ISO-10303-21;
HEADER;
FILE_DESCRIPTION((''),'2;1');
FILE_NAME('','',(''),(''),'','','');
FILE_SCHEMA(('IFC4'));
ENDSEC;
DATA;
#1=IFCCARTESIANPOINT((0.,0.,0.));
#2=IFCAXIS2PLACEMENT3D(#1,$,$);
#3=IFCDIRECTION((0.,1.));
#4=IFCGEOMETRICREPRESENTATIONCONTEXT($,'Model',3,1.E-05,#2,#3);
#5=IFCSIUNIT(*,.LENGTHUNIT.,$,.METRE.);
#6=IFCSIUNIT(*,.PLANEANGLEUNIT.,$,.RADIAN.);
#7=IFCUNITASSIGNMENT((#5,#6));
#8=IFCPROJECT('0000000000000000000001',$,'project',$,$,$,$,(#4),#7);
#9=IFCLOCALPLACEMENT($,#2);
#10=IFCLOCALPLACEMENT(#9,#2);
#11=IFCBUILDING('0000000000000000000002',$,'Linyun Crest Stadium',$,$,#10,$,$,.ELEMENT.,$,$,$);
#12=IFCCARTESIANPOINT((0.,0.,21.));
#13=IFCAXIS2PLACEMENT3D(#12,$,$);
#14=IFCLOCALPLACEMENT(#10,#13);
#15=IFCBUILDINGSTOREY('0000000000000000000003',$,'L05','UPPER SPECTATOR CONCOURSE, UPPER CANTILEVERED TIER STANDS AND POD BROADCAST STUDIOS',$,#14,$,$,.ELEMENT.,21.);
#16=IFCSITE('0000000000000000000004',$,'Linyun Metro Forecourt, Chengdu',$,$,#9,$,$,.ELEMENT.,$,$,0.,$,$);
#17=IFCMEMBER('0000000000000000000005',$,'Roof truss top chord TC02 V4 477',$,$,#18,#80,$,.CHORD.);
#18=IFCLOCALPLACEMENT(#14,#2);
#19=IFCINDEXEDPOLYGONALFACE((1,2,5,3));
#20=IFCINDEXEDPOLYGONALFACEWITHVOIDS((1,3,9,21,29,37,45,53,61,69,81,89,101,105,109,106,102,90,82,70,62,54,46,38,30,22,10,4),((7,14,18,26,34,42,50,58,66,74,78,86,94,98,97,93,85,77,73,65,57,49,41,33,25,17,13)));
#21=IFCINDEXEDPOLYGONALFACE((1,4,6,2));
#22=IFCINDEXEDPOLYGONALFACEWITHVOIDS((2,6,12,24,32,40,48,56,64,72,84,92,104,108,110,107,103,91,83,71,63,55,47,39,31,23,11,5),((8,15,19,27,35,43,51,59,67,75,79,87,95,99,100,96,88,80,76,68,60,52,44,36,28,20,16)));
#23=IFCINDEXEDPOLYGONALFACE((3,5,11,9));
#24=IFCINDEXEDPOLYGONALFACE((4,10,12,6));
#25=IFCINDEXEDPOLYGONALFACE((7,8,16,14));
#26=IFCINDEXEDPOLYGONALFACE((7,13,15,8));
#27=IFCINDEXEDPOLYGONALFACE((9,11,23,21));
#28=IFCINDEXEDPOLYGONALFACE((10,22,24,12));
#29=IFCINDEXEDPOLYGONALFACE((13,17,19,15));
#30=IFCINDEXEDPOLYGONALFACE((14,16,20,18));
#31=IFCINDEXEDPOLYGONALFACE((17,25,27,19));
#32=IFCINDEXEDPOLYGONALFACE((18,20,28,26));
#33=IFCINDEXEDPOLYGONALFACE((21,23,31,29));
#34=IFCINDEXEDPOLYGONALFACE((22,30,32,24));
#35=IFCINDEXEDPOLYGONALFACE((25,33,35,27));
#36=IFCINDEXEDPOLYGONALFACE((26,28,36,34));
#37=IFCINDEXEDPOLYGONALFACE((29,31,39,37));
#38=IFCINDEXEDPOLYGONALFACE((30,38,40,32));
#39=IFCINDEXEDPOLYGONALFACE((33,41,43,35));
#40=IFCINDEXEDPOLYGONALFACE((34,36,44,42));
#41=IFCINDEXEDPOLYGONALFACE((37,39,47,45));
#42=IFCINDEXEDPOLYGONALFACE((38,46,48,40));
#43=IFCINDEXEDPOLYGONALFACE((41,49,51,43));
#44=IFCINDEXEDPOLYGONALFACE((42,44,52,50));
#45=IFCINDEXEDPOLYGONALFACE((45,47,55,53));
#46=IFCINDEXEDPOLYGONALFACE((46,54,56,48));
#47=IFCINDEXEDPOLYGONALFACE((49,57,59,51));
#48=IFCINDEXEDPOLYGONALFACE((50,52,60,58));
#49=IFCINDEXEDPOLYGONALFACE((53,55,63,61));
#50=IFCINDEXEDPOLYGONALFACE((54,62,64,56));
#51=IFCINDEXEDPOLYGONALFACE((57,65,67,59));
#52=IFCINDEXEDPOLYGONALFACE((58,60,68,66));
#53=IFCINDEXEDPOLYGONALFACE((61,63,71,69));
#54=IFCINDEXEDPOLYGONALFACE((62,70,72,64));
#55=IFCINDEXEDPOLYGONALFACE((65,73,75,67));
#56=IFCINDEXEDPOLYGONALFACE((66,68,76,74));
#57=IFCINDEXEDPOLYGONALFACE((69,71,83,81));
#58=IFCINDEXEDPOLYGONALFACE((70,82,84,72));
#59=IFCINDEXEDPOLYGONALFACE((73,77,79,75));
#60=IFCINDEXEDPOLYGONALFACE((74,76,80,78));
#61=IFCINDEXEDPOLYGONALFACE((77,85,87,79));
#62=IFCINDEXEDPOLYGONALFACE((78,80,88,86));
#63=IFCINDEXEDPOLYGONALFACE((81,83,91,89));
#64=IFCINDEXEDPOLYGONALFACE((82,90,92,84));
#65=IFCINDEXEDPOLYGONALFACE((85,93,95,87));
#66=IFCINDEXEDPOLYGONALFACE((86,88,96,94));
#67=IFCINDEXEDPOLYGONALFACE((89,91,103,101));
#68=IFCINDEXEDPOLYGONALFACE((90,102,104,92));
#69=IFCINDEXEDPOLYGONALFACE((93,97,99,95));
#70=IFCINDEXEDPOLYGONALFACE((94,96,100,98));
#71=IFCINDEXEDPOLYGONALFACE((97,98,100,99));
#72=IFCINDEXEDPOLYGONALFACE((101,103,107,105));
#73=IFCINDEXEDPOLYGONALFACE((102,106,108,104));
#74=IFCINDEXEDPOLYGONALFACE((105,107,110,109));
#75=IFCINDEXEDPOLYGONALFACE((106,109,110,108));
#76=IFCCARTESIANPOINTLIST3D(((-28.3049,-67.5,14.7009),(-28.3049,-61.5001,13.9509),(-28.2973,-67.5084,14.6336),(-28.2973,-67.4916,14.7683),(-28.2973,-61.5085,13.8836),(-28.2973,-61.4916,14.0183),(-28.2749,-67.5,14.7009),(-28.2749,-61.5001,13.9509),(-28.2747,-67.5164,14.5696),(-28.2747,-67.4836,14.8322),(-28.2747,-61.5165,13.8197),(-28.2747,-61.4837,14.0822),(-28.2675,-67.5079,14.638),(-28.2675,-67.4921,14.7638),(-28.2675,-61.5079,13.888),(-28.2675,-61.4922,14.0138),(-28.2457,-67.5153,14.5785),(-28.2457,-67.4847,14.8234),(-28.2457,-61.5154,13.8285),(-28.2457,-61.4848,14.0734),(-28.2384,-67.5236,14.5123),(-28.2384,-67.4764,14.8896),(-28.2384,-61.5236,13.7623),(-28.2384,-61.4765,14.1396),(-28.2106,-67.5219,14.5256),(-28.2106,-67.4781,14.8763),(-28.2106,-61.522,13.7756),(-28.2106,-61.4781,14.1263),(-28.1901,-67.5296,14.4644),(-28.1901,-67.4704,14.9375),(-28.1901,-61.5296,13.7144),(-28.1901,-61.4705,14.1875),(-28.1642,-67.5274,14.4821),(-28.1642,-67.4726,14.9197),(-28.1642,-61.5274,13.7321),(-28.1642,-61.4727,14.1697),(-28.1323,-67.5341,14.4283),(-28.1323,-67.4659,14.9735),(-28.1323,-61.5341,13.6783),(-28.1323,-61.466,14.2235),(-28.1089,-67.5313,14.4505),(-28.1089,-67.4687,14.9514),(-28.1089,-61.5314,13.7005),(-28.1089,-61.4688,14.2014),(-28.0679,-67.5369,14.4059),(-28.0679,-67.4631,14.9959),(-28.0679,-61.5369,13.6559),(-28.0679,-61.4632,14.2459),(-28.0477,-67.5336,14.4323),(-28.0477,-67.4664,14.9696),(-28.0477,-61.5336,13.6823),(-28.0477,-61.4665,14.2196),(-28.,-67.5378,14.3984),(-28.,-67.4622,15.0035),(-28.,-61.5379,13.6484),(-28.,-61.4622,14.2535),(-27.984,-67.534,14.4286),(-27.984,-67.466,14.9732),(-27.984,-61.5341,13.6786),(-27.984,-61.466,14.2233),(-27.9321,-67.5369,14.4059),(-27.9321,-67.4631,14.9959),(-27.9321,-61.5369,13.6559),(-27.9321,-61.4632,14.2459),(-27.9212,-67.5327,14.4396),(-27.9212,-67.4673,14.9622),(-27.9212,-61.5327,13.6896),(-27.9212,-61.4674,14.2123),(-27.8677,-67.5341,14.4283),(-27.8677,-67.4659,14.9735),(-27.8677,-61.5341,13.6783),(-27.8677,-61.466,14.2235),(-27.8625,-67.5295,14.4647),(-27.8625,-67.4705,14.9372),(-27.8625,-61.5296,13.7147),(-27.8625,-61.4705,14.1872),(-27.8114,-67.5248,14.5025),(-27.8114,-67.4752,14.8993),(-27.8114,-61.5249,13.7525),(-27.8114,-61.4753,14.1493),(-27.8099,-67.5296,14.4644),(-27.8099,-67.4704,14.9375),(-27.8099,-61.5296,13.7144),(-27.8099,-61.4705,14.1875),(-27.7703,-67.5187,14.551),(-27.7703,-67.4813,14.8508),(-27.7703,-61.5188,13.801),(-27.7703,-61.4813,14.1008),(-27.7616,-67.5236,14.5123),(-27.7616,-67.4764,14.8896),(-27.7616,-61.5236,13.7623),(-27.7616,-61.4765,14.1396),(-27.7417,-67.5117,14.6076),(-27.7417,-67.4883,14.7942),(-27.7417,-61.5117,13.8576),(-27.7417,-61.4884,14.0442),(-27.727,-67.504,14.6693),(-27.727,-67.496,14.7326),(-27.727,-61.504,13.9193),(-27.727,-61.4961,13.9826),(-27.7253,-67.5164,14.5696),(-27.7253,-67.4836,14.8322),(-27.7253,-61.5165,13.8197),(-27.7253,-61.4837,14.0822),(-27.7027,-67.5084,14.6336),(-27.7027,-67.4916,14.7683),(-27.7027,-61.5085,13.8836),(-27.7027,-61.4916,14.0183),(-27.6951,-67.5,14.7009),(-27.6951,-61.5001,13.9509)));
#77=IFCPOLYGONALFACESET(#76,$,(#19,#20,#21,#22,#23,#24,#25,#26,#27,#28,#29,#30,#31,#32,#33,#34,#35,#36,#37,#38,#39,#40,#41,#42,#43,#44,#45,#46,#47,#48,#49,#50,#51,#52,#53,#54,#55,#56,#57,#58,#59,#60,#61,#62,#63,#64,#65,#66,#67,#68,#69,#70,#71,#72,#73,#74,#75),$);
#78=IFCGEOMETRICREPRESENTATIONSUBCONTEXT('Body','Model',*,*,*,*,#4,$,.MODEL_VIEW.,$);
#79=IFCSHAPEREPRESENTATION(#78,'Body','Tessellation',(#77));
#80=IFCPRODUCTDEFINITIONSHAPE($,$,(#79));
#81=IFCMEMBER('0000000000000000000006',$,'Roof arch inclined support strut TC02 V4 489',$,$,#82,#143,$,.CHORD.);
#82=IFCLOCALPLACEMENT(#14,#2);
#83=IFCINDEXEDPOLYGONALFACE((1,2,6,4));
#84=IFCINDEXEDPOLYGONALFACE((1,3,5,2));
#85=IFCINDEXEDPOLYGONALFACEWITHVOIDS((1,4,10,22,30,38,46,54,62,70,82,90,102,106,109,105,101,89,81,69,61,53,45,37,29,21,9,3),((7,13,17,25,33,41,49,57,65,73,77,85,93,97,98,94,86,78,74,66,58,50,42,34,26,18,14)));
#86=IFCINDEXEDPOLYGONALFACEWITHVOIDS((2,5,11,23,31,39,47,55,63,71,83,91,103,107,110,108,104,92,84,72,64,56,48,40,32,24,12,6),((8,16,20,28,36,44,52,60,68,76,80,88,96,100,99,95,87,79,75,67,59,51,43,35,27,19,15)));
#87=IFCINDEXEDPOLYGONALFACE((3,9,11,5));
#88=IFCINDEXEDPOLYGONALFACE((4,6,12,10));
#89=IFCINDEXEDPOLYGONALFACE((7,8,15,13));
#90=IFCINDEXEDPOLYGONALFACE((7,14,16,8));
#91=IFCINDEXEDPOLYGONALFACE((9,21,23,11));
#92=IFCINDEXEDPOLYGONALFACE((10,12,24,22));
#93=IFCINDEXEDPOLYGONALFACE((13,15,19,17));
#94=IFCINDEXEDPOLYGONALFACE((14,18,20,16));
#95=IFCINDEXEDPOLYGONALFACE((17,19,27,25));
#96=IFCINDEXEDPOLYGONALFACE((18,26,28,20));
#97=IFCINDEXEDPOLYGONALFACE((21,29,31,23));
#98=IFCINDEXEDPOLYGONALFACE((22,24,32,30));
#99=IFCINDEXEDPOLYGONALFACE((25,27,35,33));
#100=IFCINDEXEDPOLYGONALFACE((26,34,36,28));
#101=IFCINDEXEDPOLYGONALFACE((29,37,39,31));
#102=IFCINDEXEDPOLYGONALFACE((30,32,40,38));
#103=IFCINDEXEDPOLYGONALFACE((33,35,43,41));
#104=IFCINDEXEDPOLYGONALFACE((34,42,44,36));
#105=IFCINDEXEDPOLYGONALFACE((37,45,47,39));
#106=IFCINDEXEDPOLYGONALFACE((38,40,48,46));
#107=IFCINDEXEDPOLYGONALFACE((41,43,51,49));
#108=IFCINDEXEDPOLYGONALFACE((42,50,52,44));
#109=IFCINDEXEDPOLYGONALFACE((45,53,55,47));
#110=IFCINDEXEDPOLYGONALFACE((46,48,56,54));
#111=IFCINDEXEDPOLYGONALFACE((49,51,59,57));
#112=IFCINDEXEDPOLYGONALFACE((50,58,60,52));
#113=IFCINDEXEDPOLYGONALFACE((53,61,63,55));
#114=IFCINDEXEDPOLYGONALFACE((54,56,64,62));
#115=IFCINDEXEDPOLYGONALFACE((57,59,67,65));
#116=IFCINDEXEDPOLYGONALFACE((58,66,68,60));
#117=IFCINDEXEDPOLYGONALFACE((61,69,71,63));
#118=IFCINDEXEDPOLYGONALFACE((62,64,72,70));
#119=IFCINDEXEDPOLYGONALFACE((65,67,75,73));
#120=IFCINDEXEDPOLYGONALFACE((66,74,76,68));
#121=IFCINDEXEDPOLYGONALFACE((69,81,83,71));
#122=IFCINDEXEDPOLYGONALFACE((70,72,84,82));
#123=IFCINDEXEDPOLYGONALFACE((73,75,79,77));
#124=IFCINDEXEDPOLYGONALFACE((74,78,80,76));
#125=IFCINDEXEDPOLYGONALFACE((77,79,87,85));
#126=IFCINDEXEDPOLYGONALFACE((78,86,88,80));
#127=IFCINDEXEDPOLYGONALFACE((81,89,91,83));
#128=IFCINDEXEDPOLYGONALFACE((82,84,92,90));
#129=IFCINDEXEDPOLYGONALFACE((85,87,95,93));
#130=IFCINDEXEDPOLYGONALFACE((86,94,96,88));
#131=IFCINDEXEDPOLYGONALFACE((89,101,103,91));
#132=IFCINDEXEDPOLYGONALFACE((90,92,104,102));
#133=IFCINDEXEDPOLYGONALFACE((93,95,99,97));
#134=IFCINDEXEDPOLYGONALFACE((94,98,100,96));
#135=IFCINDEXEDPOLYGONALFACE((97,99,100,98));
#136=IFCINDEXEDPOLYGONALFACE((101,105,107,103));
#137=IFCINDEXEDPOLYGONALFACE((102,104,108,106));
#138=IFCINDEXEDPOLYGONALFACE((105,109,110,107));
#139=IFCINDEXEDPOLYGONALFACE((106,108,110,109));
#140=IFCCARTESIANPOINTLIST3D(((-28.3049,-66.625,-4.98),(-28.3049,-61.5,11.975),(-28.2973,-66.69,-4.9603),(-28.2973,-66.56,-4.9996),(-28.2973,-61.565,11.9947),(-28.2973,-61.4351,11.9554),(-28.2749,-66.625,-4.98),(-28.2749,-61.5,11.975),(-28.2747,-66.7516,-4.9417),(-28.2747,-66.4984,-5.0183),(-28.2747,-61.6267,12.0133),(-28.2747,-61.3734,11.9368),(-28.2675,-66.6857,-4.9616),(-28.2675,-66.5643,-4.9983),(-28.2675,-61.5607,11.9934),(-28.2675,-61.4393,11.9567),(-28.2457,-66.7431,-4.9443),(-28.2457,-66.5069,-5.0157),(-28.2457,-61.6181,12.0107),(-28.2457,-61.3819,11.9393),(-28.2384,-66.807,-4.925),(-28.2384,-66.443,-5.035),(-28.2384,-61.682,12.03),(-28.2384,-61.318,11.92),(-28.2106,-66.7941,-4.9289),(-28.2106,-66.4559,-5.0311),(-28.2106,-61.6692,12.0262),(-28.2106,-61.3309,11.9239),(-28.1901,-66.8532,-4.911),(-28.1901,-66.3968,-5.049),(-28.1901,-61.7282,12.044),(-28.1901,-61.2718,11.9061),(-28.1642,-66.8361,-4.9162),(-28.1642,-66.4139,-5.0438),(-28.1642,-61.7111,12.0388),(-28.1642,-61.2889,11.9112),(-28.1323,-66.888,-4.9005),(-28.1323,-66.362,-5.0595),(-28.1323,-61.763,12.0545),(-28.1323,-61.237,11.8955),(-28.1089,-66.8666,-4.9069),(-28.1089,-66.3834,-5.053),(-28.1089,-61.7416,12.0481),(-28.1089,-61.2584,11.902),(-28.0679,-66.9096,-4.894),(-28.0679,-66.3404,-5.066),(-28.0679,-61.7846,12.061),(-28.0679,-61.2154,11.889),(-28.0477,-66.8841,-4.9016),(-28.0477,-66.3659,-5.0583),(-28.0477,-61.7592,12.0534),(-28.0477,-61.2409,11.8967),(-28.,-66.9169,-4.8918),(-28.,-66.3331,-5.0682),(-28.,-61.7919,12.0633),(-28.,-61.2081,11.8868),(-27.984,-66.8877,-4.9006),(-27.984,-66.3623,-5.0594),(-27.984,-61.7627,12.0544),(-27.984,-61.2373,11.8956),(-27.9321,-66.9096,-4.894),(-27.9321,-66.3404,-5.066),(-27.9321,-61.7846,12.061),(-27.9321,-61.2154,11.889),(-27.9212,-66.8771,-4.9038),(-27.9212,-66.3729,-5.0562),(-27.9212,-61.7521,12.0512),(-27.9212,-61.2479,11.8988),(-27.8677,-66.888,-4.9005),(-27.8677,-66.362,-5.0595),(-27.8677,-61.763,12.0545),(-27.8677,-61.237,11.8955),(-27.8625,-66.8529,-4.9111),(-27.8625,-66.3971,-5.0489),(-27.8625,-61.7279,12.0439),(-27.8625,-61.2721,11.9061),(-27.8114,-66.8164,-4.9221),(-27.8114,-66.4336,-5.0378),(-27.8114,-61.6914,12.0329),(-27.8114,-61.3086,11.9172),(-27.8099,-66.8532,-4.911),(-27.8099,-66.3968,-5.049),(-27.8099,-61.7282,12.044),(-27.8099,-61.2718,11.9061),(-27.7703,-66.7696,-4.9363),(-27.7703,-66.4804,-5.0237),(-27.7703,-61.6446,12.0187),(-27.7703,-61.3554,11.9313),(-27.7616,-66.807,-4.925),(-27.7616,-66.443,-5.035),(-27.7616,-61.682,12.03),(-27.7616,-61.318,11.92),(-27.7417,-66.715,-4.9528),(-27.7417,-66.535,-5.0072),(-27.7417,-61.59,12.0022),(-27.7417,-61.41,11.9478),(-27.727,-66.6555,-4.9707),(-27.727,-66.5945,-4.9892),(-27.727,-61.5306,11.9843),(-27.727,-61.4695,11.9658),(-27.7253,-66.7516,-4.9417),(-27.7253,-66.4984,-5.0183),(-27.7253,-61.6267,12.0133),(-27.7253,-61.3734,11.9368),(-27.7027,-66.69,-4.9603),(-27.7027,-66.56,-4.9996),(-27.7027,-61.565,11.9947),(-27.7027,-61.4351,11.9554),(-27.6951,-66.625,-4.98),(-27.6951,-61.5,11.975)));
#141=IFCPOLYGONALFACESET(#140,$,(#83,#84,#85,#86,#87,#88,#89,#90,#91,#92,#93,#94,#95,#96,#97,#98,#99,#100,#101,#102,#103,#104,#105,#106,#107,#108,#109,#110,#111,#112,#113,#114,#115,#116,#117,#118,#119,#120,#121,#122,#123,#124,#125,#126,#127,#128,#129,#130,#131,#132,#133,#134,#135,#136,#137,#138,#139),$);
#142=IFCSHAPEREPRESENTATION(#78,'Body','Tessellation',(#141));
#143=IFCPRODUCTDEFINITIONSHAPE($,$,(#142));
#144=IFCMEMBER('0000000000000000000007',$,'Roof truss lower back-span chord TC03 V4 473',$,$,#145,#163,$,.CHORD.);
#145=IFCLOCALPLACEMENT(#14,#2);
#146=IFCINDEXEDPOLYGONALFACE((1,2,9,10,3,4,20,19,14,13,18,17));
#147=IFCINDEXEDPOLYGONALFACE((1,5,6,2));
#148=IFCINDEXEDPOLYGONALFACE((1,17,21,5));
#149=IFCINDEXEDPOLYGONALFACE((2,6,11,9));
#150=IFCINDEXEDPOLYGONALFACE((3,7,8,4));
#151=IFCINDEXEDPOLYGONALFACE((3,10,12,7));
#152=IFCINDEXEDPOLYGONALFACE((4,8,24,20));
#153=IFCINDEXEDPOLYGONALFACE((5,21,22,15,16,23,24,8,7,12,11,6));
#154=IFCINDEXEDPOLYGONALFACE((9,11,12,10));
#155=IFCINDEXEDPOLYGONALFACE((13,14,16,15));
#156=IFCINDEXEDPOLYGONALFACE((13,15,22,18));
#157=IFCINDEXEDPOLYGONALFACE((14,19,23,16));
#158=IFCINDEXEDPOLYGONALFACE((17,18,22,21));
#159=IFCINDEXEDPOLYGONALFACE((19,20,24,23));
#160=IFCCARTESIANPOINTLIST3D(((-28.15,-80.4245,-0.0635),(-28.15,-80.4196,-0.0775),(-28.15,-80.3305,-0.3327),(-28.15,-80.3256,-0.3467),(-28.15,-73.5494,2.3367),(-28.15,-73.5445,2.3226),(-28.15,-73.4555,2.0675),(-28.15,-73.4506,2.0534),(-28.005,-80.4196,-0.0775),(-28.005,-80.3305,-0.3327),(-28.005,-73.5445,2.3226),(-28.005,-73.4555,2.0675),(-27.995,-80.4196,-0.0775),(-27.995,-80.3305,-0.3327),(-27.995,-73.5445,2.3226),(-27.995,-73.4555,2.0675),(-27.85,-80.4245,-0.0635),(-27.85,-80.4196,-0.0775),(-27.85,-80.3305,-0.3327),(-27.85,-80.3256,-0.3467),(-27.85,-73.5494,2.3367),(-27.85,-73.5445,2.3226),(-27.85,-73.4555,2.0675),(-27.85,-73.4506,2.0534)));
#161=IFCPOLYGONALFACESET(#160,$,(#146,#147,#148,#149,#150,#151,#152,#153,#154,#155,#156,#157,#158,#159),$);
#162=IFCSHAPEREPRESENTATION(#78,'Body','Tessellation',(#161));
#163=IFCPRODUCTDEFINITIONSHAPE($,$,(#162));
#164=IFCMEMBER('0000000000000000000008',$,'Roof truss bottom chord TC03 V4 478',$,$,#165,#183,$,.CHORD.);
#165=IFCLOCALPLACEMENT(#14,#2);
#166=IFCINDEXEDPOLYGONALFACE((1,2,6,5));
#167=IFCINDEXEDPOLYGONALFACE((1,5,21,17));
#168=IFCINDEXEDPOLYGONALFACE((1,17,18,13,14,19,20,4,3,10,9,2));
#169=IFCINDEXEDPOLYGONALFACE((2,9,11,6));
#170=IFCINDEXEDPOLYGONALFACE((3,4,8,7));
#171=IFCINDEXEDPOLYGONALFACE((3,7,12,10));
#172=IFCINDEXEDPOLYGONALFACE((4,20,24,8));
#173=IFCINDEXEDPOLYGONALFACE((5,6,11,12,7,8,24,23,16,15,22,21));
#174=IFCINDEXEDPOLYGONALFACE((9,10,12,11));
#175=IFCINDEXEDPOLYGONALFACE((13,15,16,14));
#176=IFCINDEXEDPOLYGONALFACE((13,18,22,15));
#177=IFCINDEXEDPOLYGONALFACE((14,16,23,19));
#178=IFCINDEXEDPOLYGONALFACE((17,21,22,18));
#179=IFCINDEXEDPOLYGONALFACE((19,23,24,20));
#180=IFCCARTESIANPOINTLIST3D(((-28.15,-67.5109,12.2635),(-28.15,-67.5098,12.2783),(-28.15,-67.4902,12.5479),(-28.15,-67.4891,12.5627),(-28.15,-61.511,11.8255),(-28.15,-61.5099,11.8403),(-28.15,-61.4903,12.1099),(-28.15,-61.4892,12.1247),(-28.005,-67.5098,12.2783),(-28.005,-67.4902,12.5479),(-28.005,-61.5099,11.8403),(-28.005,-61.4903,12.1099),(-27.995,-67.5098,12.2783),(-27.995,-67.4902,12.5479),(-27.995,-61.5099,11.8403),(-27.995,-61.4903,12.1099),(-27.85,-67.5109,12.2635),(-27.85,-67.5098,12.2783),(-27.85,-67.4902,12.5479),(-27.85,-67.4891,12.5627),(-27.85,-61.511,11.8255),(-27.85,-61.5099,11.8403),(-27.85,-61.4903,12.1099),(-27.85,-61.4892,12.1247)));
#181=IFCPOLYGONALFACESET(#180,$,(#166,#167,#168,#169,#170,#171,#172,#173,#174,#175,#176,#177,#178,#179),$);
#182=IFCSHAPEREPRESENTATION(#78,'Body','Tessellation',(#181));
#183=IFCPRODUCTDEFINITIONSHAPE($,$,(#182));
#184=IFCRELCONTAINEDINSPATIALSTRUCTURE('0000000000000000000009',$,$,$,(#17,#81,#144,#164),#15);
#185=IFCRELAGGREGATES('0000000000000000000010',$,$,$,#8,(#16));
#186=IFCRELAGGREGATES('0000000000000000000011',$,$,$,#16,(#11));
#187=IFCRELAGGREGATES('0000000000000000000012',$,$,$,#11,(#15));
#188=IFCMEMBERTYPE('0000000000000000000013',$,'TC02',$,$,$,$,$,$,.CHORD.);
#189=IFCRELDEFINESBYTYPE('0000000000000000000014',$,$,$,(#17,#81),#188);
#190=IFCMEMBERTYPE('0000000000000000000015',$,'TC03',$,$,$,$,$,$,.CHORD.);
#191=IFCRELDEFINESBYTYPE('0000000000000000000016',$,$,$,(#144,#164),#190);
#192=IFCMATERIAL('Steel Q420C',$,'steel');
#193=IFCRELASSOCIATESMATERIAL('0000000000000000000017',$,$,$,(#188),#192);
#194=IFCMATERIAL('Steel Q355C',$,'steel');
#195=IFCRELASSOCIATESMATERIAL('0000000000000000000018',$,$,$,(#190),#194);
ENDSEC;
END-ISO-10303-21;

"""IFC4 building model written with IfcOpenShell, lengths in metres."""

from ifc_helpers import new_model, si_unit, direction, frame, origin, origin_2d, place, context, subcontext, project, spatial, hollow_circle, i_section, extrude, material, material_profile, profile_set, type_object, element, save


model = new_model("IFC4")

# Units and contexts
model_context = context("Model", 3, precision=1e-05, world=origin(), true_north=direction((0.0, 1.0)))
body_context = subcontext(model_context, "Body", "Model", "MODEL_VIEW")
ifc_project = project(units=[si_unit("LENGTHUNIT", "METRE"), si_unit("PLANEANGLEUNIT", "RADIAN")], contexts=[model_context])

# Site, building, storey
site_placement = place(None, origin())
site = spatial("IfcSite", under=ifc_project, at=site_placement, Name="Linyun Metro Forecourt, Chengdu", CompositionType="ELEMENT", RefElevation=0.0)
building_placement = place(site_placement, origin())
building = spatial("IfcBuilding", under=site, at=building_placement, Name="Linyun Crest Stadium", CompositionType="ELEMENT")
storey_placement = place(building_placement, frame((0.0, 0.0, 21.0)))
storey = spatial("IfcBuildingStorey", under=building, at=storey_placement, Name="L05", Description="UPPER SPECTATOR CONCOURSE, UPPER CANTILEVERED TIER STANDS AND POD BROADCAST STUDIOS", CompositionType="ELEMENT", Elevation=21.0)

# Members
ifc_material_1 = material(Name="Steel Q420C", Category="steel")
ifc_material_profile_1 = material_profile(ifc_material_1, hollow_circle(Radius=0.3049, WallThickness=0.03, at=origin_2d()), Name="CHS 610x30")
ifc_profile_set_1 = profile_set([ifc_material_profile_1], Name="Steel Q420C")
member_type_1 = type_object("IfcMemberType", Name="TC02", PredefinedType="CHORD", material=ifc_profile_set_1)
member_1_placement = place(storey_placement, frame((-28.0, -67.5, 14.7009), z_axis=(0.0, 0.992278, -0.124035), x_axis=(-1.0, 0.0, 0.0)))
element("IfcMember", 1, at=member_1_placement, inside=storey, type_object=member_type_1, Name="Roof truss top chord TC02 V4 477", PredefinedType="CHORD", context=body_context, shape_type="SweptSolid", body=[
    extrude(hollow_circle(Radius=0.3049, WallThickness=0.03, at=origin_2d()), origin(), (0.0, 0.0, 1.0), 6.0466),
])
member_2_placement = place(storey_placement, frame((-28.0, -66.625, -4.98), z_axis=(0.0, 0.28934, 0.957226), x_axis=(-1.0, 0.0, 0.0)))
element("IfcMember", 2, at=member_2_placement, inside=storey, type_object=member_type_1, Name="Roof arch inclined support strut TC02 V4 489", PredefinedType="CHORD", context=body_context, shape_type="SweptSolid", body=[
    extrude(hollow_circle(Radius=0.3049, WallThickness=0.03, at=origin_2d()), origin(), (0.0, 0.0, 1.0), 17.7126),
])
ifc_material_2 = material(Name="Steel Q355C", Category="steel")
ifc_material_profile_2 = material_profile(ifc_material_2, i_section(OverallWidth=0.3, OverallDepth=0.3, WebThickness=0.01, FlangeThickness=0.0149, at=origin_2d()), Name="HW 300x300")
ifc_profile_set_2 = profile_set([ifc_material_profile_2], Name="Steel Q355C")
member_type_2 = type_object("IfcMemberType", Name="TC03", PredefinedType="CHORD", material=ifc_profile_set_2)
member_3_placement = place(storey_placement, frame((-28.0, -73.5, 2.1951), z_axis=(0.0, -0.944119, -0.329604), x_axis=(1.0, 0.0, 0.0)))
element("IfcMember", 3, at=member_3_placement, inside=storey, type_object=member_type_2, Name="Roof truss lower back-span chord TC03 V4 473", PredefinedType="CHORD", context=body_context, shape_type="SweptSolid", body=[
    extrude(i_section(OverallWidth=0.3, OverallDepth=0.3, WebThickness=0.01, FlangeThickness=0.0149, at=origin_2d()), origin(), (0.0, 0.0, 1.0), 7.282),
])
member_4_placement = place(storey_placement, frame((-28.0, -67.5, 12.4131), z_axis=(0.0, 0.997346, -0.072804), x_axis=(-1.0, 0.0, 0.0)))
element("IfcMember", 4, at=member_4_placement, inside=storey, type_object=member_type_2, Name="Roof truss bottom chord TC03 V4 478", PredefinedType="CHORD", context=body_context, shape_type="SweptSolid", body=[
    extrude(i_section(OverallWidth=0.3, OverallDepth=0.3, WebThickness=0.01, FlangeThickness=0.0149, at=origin_2d()), origin(), (0.0, 0.0, 1.0), 6.0159),
])

save(model, "model.ifc")
